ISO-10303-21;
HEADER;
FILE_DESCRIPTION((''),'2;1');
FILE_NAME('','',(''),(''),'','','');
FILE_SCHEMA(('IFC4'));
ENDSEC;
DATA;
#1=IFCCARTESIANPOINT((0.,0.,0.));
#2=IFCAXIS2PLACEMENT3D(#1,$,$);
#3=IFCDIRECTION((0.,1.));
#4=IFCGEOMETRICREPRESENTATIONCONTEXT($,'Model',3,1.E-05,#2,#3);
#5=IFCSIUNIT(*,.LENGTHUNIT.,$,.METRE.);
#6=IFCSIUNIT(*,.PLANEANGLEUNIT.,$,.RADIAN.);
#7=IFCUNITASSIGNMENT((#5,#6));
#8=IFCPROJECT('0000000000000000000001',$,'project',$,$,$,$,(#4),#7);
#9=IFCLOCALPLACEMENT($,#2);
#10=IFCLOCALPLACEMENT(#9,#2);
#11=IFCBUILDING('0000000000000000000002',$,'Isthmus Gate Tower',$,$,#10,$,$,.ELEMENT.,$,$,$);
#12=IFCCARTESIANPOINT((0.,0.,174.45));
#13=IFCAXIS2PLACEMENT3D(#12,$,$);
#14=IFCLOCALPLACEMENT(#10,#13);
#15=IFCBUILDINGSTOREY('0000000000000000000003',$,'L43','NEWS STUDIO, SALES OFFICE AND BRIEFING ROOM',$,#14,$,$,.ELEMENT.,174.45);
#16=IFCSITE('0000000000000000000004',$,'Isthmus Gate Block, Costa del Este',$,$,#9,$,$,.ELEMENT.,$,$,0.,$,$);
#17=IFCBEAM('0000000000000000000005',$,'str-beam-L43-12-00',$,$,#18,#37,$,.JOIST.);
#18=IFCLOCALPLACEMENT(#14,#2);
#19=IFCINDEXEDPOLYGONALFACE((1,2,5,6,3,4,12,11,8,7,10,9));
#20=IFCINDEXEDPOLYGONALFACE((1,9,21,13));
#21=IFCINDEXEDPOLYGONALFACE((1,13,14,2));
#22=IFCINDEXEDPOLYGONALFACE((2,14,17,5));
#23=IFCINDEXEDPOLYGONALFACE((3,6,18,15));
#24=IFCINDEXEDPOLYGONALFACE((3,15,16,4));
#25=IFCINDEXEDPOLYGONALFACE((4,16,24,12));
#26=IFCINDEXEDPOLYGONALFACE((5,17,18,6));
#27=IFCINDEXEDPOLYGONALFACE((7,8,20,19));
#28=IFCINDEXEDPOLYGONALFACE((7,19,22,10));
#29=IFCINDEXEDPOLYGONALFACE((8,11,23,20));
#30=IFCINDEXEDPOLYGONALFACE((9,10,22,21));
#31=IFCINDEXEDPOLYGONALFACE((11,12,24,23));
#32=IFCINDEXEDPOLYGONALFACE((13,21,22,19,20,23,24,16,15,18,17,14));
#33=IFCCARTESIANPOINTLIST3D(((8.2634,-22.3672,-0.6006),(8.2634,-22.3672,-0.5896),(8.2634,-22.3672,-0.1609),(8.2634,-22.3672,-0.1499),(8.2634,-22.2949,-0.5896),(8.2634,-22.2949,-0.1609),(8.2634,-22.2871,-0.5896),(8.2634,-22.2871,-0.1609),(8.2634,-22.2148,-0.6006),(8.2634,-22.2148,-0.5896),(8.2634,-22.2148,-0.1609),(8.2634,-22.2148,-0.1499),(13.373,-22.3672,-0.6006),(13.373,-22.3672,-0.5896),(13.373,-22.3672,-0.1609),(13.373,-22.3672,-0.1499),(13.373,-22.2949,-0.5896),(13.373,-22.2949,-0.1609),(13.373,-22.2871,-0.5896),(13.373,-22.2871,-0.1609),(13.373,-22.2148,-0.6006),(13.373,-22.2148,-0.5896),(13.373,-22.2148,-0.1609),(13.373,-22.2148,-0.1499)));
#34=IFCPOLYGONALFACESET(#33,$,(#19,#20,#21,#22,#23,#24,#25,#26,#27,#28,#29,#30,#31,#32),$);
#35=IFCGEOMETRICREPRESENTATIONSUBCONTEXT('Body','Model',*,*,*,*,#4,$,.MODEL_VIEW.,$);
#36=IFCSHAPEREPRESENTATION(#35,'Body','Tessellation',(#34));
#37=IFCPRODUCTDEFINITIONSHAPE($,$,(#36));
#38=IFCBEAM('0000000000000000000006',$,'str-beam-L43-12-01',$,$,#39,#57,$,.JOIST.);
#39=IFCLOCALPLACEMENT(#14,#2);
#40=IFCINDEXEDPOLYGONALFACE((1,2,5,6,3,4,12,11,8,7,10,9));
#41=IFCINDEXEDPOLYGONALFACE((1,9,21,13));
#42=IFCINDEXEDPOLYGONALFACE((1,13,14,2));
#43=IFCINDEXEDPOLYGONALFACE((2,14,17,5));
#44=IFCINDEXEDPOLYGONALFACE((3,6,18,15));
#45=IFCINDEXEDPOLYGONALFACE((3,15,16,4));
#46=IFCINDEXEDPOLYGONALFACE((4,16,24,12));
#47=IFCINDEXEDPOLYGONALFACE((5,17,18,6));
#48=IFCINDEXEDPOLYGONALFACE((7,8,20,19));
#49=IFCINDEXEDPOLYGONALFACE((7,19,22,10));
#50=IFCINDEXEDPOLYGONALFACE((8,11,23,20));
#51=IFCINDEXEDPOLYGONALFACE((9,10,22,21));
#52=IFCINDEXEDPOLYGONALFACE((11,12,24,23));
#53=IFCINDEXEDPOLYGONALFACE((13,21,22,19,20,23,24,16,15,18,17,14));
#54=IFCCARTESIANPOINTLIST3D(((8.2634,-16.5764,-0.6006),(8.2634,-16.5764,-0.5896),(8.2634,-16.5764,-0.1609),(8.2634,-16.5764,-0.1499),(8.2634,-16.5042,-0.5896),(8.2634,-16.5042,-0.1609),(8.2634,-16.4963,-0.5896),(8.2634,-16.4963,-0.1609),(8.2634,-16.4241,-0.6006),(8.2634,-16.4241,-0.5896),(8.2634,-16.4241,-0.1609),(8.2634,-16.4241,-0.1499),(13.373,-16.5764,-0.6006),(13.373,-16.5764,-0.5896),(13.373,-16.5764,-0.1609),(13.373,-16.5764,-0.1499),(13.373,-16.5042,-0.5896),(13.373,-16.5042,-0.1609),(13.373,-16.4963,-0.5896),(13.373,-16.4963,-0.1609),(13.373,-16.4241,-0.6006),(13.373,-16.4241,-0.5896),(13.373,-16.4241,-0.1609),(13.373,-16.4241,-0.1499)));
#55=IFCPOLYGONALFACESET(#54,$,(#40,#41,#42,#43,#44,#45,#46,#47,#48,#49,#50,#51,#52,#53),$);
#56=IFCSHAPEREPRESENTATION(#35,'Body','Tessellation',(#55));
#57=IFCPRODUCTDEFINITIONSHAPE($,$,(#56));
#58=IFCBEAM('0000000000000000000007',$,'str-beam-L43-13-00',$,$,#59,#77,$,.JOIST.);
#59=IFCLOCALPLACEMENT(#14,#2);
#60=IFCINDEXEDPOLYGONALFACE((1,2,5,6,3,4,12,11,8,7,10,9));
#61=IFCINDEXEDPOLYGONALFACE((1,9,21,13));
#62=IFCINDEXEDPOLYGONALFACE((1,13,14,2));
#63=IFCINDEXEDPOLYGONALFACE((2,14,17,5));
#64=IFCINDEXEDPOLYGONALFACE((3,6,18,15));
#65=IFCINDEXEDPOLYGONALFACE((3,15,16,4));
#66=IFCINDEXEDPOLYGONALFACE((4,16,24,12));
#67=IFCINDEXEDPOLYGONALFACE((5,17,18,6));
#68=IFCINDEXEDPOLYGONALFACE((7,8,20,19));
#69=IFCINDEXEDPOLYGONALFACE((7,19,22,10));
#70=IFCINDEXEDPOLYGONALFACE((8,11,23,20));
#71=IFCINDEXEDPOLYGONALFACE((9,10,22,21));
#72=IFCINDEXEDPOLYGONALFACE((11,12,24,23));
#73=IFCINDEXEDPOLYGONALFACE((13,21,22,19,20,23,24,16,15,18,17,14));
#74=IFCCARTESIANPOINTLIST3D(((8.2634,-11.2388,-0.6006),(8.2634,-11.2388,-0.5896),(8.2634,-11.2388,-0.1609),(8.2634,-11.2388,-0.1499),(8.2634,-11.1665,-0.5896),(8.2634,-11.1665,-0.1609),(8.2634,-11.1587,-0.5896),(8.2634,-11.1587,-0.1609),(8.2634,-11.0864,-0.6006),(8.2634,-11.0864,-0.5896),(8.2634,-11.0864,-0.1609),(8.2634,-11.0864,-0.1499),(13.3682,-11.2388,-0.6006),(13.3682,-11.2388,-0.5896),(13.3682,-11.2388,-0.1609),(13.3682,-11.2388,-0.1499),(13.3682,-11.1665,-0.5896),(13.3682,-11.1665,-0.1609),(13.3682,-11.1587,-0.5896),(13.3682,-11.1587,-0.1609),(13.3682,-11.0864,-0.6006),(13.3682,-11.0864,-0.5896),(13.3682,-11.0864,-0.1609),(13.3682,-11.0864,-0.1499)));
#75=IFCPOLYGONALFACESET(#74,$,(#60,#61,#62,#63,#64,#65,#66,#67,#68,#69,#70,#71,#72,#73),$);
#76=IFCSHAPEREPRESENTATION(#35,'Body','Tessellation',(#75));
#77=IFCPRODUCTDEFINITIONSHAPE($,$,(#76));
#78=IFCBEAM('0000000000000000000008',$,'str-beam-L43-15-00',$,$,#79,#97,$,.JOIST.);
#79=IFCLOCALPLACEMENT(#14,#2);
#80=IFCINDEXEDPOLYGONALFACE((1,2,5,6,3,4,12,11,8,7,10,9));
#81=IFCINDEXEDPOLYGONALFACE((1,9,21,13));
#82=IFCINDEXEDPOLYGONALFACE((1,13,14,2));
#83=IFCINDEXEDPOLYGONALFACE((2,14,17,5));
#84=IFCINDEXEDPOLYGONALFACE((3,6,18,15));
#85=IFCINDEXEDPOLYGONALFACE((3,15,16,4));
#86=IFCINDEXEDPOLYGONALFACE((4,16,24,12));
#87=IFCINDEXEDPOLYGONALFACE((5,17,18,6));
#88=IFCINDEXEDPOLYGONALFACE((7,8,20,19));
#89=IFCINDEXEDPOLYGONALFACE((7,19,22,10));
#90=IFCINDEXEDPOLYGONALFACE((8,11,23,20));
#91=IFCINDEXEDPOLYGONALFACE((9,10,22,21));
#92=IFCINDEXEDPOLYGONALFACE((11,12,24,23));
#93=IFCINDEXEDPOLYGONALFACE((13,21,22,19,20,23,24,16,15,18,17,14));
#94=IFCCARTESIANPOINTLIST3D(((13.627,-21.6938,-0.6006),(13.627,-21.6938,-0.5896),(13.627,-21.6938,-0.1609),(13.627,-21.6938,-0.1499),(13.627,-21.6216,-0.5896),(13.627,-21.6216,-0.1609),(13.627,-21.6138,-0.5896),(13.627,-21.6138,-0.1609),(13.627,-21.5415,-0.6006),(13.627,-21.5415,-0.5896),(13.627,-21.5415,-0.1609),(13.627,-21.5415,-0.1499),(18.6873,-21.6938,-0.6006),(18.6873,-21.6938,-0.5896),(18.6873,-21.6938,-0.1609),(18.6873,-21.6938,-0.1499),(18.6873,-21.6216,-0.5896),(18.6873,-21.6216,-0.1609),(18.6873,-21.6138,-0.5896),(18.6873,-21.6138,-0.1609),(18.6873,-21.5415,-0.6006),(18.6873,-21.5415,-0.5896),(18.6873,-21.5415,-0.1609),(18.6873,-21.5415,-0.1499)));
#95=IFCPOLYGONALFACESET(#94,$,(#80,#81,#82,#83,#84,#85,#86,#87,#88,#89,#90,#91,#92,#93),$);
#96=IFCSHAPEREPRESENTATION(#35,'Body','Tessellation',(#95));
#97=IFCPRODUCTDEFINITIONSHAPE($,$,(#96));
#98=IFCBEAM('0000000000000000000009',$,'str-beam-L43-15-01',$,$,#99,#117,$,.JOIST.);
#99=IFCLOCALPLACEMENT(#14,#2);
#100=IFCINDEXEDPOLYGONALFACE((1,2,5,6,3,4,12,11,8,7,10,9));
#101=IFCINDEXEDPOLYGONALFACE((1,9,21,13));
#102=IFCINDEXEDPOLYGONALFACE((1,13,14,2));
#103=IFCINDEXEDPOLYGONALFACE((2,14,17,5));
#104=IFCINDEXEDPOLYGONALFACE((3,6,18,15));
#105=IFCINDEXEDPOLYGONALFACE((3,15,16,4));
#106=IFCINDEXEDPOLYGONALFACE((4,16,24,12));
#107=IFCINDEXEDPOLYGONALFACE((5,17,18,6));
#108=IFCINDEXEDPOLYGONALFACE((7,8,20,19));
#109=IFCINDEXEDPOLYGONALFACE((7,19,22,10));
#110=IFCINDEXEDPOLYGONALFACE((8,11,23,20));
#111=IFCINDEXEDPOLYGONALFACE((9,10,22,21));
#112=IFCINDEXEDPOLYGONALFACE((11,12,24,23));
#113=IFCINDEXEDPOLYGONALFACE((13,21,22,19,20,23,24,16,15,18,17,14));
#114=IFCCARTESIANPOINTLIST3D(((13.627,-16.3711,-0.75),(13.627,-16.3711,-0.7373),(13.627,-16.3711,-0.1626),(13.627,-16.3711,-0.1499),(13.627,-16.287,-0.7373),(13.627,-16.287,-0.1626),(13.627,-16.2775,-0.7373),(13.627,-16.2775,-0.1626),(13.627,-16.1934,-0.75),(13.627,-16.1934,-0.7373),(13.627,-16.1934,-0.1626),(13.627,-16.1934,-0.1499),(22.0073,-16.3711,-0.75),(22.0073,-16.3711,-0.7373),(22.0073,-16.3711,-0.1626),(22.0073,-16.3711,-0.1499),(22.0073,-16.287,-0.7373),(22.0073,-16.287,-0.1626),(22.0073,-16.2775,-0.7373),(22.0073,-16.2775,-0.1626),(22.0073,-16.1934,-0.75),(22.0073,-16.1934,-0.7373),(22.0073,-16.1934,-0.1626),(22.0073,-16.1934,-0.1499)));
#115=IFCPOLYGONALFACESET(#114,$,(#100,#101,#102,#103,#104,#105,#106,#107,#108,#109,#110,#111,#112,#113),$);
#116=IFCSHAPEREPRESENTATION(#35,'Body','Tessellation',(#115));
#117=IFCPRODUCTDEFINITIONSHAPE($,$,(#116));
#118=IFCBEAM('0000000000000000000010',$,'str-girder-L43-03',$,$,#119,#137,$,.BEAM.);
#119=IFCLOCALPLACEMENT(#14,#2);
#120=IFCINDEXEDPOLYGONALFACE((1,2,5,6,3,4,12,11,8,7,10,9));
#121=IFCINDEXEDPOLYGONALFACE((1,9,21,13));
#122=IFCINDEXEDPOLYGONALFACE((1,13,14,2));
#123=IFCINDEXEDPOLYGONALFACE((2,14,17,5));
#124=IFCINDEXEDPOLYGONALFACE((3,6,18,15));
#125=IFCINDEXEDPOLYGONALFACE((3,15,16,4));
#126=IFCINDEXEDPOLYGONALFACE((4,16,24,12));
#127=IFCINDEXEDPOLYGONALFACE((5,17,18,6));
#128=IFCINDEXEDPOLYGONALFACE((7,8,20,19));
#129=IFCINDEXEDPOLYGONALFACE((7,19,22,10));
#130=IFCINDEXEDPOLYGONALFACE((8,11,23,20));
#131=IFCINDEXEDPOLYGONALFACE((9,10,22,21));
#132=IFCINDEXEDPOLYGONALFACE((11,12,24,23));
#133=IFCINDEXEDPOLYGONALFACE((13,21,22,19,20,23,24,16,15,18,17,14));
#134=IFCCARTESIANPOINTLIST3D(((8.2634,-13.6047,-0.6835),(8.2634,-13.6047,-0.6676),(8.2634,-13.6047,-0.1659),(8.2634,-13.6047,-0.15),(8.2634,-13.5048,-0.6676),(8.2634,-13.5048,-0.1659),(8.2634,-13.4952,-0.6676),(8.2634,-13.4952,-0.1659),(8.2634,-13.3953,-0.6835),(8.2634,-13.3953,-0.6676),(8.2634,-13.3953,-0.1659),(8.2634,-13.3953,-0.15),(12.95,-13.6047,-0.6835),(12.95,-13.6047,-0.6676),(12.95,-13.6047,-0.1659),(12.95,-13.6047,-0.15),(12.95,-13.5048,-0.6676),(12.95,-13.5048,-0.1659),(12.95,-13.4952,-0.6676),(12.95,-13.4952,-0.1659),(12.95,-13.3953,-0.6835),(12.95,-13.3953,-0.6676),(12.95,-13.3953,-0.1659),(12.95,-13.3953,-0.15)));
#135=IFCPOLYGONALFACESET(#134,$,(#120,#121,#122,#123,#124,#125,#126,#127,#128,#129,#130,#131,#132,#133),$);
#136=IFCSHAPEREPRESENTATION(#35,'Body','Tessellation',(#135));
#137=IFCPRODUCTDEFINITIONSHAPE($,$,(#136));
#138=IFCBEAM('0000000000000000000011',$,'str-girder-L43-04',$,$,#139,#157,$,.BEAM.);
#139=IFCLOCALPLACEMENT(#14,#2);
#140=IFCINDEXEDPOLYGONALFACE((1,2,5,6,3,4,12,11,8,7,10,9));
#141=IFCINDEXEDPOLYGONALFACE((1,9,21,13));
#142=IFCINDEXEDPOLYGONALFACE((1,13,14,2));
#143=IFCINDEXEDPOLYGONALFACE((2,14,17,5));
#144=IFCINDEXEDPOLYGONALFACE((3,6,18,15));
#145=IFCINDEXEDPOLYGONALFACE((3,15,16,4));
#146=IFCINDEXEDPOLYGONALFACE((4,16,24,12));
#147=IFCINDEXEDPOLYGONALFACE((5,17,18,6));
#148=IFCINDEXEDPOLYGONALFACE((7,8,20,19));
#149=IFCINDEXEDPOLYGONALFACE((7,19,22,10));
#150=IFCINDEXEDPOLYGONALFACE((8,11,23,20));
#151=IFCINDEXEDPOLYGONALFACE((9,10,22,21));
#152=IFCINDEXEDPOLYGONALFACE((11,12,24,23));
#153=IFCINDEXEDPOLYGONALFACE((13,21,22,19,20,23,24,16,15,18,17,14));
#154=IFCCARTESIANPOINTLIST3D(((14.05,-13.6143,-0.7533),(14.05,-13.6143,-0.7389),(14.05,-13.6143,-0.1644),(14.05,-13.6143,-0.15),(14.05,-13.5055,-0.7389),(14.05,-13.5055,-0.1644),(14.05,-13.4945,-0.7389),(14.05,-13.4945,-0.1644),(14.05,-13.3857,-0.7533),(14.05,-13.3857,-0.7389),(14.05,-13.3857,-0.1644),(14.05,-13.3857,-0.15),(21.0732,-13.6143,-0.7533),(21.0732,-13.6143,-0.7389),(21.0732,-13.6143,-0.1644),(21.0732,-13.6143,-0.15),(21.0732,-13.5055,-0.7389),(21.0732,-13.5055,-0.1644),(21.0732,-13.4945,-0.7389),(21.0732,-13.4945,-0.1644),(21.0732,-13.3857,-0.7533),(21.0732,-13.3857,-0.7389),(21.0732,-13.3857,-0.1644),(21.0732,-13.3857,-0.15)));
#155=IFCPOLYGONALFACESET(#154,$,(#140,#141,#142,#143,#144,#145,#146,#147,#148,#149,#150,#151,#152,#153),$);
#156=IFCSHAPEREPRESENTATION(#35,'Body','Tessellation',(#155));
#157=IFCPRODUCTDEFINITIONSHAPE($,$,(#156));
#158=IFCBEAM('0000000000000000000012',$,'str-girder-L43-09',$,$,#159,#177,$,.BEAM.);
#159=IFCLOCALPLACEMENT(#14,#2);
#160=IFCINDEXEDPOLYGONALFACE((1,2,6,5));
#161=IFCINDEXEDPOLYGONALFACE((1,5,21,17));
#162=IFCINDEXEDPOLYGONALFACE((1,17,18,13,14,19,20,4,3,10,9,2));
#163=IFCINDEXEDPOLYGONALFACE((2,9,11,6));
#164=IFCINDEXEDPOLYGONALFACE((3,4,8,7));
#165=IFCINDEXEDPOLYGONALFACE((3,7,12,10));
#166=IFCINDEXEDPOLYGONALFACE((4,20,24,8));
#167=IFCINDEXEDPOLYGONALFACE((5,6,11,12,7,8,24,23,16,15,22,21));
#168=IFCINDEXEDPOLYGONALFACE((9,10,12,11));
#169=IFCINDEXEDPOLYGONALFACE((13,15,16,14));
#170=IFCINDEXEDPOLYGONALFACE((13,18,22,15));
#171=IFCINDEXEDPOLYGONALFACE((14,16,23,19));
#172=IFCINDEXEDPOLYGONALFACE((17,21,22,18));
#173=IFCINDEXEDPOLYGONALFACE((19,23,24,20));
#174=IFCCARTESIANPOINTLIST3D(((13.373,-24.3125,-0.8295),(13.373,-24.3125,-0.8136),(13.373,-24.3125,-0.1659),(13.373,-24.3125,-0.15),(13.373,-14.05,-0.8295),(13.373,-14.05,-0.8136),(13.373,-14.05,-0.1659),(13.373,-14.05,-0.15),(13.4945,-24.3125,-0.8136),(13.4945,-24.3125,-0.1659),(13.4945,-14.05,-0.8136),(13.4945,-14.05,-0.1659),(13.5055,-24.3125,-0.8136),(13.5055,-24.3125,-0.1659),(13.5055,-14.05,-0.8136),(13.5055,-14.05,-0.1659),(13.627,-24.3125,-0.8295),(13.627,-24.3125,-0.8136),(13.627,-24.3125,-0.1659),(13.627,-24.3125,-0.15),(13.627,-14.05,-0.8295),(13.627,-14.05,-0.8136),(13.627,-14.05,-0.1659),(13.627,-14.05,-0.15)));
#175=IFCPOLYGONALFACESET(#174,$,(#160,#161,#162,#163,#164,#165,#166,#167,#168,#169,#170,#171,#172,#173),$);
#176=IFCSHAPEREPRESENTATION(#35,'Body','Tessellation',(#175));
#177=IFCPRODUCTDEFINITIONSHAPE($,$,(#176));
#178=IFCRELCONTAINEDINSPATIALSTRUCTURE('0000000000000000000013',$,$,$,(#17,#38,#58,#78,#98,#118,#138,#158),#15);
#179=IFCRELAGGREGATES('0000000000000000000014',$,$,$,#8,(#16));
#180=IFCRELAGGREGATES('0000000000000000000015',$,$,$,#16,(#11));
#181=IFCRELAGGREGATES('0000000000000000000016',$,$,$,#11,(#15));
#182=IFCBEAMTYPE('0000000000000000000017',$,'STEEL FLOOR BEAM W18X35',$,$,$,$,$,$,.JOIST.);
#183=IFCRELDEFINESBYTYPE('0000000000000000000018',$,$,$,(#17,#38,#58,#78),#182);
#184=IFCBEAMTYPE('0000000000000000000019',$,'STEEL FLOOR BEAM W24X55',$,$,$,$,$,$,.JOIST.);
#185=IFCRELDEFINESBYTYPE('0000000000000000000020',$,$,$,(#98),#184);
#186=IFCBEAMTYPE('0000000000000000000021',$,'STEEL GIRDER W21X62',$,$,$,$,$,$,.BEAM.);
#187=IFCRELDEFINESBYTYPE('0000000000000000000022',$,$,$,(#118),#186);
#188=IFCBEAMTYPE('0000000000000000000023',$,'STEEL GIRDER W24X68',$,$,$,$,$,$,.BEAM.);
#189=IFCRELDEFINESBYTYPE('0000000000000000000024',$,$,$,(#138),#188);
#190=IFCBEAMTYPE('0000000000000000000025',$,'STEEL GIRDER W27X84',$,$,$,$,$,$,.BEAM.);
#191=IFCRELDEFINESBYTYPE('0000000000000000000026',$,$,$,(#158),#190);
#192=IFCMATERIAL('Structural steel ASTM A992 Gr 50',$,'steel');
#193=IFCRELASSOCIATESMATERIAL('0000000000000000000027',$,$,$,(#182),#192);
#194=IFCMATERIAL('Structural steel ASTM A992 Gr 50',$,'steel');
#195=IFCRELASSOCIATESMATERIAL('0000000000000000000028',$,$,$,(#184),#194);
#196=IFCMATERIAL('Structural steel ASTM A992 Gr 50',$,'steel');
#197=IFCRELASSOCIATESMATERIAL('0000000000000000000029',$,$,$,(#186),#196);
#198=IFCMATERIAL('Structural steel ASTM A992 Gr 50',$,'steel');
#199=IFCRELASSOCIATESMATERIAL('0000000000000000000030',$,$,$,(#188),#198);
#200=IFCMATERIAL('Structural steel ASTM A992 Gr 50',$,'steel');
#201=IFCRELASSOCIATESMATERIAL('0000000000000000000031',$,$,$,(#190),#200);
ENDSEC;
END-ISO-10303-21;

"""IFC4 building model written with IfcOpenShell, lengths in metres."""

from ifc_helpers import new_model, si_unit, direction, frame, origin, origin_2d, place, context, subcontext, project, spatial, i_section, extrude, material, material_profile, profile_set, type_object, element, save


model = new_model("IFC4")

# Units and contexts
model_context = context("Model", 3, precision=1e-05, world=origin(), true_north=direction((0.0, 1.0)))
body_context = subcontext(model_context, "Body", "Model", "MODEL_VIEW")
ifc_project = project(units=[si_unit("LENGTHUNIT", "METRE"), si_unit("PLANEANGLEUNIT", "RADIAN")], contexts=[model_context])

# Site, building, storey
site_placement = place(None, origin())
site = spatial("IfcSite", under=ifc_project, at=site_placement, Name="Isthmus Gate Block, Costa del Este", CompositionType="ELEMENT", RefElevation=0.0)
building_placement = place(site_placement, origin())
building = spatial("IfcBuilding", under=site, at=building_placement, Name="Isthmus Gate Tower", CompositionType="ELEMENT")
storey_placement = place(building_placement, frame((0.0, 0.0, 174.45)))
storey = spatial("IfcBuildingStorey", under=building, at=storey_placement, Name="L43", Description="NEWS STUDIO, SALES OFFICE AND BRIEFING ROOM", CompositionType="ELEMENT", Elevation=174.45)

# Beams
ifc_material_1 = material(Name="Structural steel ASTM A992 Gr 50", Category="steel")
ifc_material_profile_1 = material_profile(ifc_material_1, i_section(OverallWidth=0.1523, OverallDepth=0.4507, WebThickness=0.0078, FlangeThickness=0.011, at=origin_2d()), Name="W18X35")
ifc_profile_set_1 = profile_set([ifc_material_profile_1], Name="Structural steel ASTM A992 Gr 50")
beam_type_1 = type_object("IfcBeamType", Name="STEEL FLOOR BEAM W18X35", PredefinedType="JOIST", material=ifc_profile_set_1)
for number, where, z_axis, x_axis, name in (
    (1, (8.2634, -22.291, -0.3752), (1.0, 0.0, 0.0), (0.0, 1.0, 0.0), "str-beam-L43-12-00"),
    (2, (8.2634, -16.5002, -0.3752), (1.0, 0.0, 0.0), (0.0, 1.0, 0.0), "str-beam-L43-12-01"),
):
    element("IfcBeam", number, at=place(storey_placement, frame(where, z_axis=z_axis, x_axis=x_axis)), inside=storey, type_object=beam_type_1, Name=name, PredefinedType="JOIST", context=body_context, shape_type="SweptSolid", body=[
        extrude(i_section(OverallWidth=0.1523, OverallDepth=0.4507, WebThickness=0.0078, FlangeThickness=0.011, at=origin_2d()), origin(), (0.0, 0.0, 1.0), 5.1096),
    ])
beam_1_placement = place(storey_placement, frame((8.2634, -11.1626, -0.3752), z_axis=(1.0, 0.0, 0.0), x_axis=(0.0, 1.0, 0.0)))
element("IfcBeam", 3, at=beam_1_placement, inside=storey, type_object=beam_type_1, Name="str-beam-L43-13-00", PredefinedType="JOIST", context=body_context, shape_type="SweptSolid", body=[
    extrude(i_section(OverallWidth=0.1523, OverallDepth=0.4507, WebThickness=0.0078, FlangeThickness=0.011, at=origin_2d()), origin(), (0.0, 0.0, 1.0), 5.1047),
])
beam_2_placement = place(storey_placement, frame((13.627, -21.6177, -0.3752), z_axis=(1.0, 0.0, 0.0), x_axis=(0.0, 1.0, 0.0)))
element("IfcBeam", 4, at=beam_2_placement, inside=storey, type_object=beam_type_1, Name="str-beam-L43-15-00", PredefinedType="JOIST", context=body_context, shape_type="SweptSolid", body=[
    extrude(i_section(OverallWidth=0.1523, OverallDepth=0.4507, WebThickness=0.0078, FlangeThickness=0.011, at=origin_2d()), origin(), (0.0, 0.0, 1.0), 5.0603),
])
ifc_material_2 = material(Name="Structural steel ASTM A992 Gr 50", Category="steel")
ifc_material_profile_2 = material_profile(ifc_material_2, i_section(OverallWidth=0.1777, OverallDepth=0.6001, WebThickness=0.0095, FlangeThickness=0.0127, at=origin_2d()), Name="W24X55")
ifc_profile_set_2 = profile_set([ifc_material_profile_2], Name="Structural steel ASTM A992 Gr 50")
beam_type_2 = type_object("IfcBeamType", Name="STEEL FLOOR BEAM W24X55", PredefinedType="JOIST", material=ifc_profile_set_2)
beam_3_placement = place(storey_placement, frame((13.627, -16.2822, -0.45), z_axis=(1.0, 0.0, 0.0), x_axis=(0.0, 1.0, 0.0)))
element("IfcBeam", 5, at=beam_3_placement, inside=storey, type_object=beam_type_2, Name="str-beam-L43-15-01", PredefinedType="JOIST", context=body_context, shape_type="SweptSolid", body=[
    extrude(i_section(OverallWidth=0.1777, OverallDepth=0.6001, WebThickness=0.0095, FlangeThickness=0.0127, at=origin_2d()), origin(), (0.0, 0.0, 1.0), 8.3804),
])
ifc_material_3 = material(Name="Structural steel ASTM A992 Gr 50", Category="steel")
ifc_material_profile_3 = material_profile(ifc_material_3, i_section(OverallWidth=0.2095, OverallDepth=0.5334, WebThickness=0.0095, FlangeThickness=0.0159, at=origin_2d()), Name="W21X62")
ifc_profile_set_3 = profile_set([ifc_material_profile_3], Name="Structural steel ASTM A992 Gr 50")
beam_type_3 = type_object("IfcBeamType", Name="STEEL GIRDER W21X62", PredefinedType="BEAM", material=ifc_profile_set_3)
beam_4_placement = place(storey_placement, frame((8.2634, -13.5, -0.4167), z_axis=(1.0, 0.0, 0.0), x_axis=(0.0, 1.0, 0.0)))
element("IfcBeam", 6, at=beam_4_placement, inside=storey, type_object=beam_type_3, Name="str-girder-L43-03", PredefinedType="BEAM", context=body_context, shape_type="SweptSolid", body=[
    extrude(i_section(OverallWidth=0.2095, OverallDepth=0.5334, WebThickness=0.0095, FlangeThickness=0.0159, at=origin_2d()), origin(), (0.0, 0.0, 1.0), 4.6865),
])
ifc_material_4 = material(Name="Structural steel ASTM A992 Gr 50", Category="steel")
ifc_material_profile_4 = material_profile(ifc_material_4, i_section(OverallWidth=0.2285, OverallDepth=0.6033, WebThickness=0.011, FlangeThickness=0.0144, at=origin_2d()), Name="W24X68")
ifc_profile_set_4 = profile_set([ifc_material_profile_4], Name="Structural steel ASTM A992 Gr 50")
beam_type_4 = type_object("IfcBeamType", Name="STEEL GIRDER W24X68", PredefinedType="BEAM", material=ifc_profile_set_4)
beam_5_placement = place(storey_placement, frame((14.05, -13.5, -0.4517), z_axis=(1.0, 0.0, 0.0), x_axis=(0.0, 1.0, 0.0)))
element("IfcBeam", 7, at=beam_5_placement, inside=storey, type_object=beam_type_4, Name="str-girder-L43-04", PredefinedType="BEAM", context=body_context, shape_type="SweptSolid", body=[
    extrude(i_section(OverallWidth=0.2285, OverallDepth=0.6033, WebThickness=0.011, FlangeThickness=0.0144, at=origin_2d()), origin(), (0.0, 0.0, 1.0), 7.0232),
])
ifc_material_5 = material(Name="Structural steel ASTM A992 Gr 50", Category="steel")
ifc_material_profile_5 = material_profile(ifc_material_5, i_section(OverallWidth=0.2539, OverallDepth=0.6794, WebThickness=0.011, FlangeThickness=0.0159, at=origin_2d()), Name="W27X84")
ifc_profile_set_5 = profile_set([ifc_material_profile_5], Name="Structural steel ASTM A992 Gr 50")
beam_type_5 = type_object("IfcBeamType", Name="STEEL GIRDER W27X84", PredefinedType="BEAM", material=ifc_profile_set_5)
beam_6_placement = place(storey_placement, frame((13.5, -24.3125, -0.4897), z_axis=(0.0, 1.0, 0.0), x_axis=(-1.0, 0.0, 0.0)))
element("IfcBeam", 8, at=beam_6_placement, inside=storey, type_object=beam_type_5, Name="str-girder-L43-09", PredefinedType="BEAM", context=body_context, shape_type="SweptSolid", body=[
    extrude(i_section(OverallWidth=0.2539, OverallDepth=0.6794, WebThickness=0.011, FlangeThickness=0.0159, at=origin_2d()), origin(), (0.0, 0.0, 1.0), 10.2625),
])

save(model, "model.ifc")
